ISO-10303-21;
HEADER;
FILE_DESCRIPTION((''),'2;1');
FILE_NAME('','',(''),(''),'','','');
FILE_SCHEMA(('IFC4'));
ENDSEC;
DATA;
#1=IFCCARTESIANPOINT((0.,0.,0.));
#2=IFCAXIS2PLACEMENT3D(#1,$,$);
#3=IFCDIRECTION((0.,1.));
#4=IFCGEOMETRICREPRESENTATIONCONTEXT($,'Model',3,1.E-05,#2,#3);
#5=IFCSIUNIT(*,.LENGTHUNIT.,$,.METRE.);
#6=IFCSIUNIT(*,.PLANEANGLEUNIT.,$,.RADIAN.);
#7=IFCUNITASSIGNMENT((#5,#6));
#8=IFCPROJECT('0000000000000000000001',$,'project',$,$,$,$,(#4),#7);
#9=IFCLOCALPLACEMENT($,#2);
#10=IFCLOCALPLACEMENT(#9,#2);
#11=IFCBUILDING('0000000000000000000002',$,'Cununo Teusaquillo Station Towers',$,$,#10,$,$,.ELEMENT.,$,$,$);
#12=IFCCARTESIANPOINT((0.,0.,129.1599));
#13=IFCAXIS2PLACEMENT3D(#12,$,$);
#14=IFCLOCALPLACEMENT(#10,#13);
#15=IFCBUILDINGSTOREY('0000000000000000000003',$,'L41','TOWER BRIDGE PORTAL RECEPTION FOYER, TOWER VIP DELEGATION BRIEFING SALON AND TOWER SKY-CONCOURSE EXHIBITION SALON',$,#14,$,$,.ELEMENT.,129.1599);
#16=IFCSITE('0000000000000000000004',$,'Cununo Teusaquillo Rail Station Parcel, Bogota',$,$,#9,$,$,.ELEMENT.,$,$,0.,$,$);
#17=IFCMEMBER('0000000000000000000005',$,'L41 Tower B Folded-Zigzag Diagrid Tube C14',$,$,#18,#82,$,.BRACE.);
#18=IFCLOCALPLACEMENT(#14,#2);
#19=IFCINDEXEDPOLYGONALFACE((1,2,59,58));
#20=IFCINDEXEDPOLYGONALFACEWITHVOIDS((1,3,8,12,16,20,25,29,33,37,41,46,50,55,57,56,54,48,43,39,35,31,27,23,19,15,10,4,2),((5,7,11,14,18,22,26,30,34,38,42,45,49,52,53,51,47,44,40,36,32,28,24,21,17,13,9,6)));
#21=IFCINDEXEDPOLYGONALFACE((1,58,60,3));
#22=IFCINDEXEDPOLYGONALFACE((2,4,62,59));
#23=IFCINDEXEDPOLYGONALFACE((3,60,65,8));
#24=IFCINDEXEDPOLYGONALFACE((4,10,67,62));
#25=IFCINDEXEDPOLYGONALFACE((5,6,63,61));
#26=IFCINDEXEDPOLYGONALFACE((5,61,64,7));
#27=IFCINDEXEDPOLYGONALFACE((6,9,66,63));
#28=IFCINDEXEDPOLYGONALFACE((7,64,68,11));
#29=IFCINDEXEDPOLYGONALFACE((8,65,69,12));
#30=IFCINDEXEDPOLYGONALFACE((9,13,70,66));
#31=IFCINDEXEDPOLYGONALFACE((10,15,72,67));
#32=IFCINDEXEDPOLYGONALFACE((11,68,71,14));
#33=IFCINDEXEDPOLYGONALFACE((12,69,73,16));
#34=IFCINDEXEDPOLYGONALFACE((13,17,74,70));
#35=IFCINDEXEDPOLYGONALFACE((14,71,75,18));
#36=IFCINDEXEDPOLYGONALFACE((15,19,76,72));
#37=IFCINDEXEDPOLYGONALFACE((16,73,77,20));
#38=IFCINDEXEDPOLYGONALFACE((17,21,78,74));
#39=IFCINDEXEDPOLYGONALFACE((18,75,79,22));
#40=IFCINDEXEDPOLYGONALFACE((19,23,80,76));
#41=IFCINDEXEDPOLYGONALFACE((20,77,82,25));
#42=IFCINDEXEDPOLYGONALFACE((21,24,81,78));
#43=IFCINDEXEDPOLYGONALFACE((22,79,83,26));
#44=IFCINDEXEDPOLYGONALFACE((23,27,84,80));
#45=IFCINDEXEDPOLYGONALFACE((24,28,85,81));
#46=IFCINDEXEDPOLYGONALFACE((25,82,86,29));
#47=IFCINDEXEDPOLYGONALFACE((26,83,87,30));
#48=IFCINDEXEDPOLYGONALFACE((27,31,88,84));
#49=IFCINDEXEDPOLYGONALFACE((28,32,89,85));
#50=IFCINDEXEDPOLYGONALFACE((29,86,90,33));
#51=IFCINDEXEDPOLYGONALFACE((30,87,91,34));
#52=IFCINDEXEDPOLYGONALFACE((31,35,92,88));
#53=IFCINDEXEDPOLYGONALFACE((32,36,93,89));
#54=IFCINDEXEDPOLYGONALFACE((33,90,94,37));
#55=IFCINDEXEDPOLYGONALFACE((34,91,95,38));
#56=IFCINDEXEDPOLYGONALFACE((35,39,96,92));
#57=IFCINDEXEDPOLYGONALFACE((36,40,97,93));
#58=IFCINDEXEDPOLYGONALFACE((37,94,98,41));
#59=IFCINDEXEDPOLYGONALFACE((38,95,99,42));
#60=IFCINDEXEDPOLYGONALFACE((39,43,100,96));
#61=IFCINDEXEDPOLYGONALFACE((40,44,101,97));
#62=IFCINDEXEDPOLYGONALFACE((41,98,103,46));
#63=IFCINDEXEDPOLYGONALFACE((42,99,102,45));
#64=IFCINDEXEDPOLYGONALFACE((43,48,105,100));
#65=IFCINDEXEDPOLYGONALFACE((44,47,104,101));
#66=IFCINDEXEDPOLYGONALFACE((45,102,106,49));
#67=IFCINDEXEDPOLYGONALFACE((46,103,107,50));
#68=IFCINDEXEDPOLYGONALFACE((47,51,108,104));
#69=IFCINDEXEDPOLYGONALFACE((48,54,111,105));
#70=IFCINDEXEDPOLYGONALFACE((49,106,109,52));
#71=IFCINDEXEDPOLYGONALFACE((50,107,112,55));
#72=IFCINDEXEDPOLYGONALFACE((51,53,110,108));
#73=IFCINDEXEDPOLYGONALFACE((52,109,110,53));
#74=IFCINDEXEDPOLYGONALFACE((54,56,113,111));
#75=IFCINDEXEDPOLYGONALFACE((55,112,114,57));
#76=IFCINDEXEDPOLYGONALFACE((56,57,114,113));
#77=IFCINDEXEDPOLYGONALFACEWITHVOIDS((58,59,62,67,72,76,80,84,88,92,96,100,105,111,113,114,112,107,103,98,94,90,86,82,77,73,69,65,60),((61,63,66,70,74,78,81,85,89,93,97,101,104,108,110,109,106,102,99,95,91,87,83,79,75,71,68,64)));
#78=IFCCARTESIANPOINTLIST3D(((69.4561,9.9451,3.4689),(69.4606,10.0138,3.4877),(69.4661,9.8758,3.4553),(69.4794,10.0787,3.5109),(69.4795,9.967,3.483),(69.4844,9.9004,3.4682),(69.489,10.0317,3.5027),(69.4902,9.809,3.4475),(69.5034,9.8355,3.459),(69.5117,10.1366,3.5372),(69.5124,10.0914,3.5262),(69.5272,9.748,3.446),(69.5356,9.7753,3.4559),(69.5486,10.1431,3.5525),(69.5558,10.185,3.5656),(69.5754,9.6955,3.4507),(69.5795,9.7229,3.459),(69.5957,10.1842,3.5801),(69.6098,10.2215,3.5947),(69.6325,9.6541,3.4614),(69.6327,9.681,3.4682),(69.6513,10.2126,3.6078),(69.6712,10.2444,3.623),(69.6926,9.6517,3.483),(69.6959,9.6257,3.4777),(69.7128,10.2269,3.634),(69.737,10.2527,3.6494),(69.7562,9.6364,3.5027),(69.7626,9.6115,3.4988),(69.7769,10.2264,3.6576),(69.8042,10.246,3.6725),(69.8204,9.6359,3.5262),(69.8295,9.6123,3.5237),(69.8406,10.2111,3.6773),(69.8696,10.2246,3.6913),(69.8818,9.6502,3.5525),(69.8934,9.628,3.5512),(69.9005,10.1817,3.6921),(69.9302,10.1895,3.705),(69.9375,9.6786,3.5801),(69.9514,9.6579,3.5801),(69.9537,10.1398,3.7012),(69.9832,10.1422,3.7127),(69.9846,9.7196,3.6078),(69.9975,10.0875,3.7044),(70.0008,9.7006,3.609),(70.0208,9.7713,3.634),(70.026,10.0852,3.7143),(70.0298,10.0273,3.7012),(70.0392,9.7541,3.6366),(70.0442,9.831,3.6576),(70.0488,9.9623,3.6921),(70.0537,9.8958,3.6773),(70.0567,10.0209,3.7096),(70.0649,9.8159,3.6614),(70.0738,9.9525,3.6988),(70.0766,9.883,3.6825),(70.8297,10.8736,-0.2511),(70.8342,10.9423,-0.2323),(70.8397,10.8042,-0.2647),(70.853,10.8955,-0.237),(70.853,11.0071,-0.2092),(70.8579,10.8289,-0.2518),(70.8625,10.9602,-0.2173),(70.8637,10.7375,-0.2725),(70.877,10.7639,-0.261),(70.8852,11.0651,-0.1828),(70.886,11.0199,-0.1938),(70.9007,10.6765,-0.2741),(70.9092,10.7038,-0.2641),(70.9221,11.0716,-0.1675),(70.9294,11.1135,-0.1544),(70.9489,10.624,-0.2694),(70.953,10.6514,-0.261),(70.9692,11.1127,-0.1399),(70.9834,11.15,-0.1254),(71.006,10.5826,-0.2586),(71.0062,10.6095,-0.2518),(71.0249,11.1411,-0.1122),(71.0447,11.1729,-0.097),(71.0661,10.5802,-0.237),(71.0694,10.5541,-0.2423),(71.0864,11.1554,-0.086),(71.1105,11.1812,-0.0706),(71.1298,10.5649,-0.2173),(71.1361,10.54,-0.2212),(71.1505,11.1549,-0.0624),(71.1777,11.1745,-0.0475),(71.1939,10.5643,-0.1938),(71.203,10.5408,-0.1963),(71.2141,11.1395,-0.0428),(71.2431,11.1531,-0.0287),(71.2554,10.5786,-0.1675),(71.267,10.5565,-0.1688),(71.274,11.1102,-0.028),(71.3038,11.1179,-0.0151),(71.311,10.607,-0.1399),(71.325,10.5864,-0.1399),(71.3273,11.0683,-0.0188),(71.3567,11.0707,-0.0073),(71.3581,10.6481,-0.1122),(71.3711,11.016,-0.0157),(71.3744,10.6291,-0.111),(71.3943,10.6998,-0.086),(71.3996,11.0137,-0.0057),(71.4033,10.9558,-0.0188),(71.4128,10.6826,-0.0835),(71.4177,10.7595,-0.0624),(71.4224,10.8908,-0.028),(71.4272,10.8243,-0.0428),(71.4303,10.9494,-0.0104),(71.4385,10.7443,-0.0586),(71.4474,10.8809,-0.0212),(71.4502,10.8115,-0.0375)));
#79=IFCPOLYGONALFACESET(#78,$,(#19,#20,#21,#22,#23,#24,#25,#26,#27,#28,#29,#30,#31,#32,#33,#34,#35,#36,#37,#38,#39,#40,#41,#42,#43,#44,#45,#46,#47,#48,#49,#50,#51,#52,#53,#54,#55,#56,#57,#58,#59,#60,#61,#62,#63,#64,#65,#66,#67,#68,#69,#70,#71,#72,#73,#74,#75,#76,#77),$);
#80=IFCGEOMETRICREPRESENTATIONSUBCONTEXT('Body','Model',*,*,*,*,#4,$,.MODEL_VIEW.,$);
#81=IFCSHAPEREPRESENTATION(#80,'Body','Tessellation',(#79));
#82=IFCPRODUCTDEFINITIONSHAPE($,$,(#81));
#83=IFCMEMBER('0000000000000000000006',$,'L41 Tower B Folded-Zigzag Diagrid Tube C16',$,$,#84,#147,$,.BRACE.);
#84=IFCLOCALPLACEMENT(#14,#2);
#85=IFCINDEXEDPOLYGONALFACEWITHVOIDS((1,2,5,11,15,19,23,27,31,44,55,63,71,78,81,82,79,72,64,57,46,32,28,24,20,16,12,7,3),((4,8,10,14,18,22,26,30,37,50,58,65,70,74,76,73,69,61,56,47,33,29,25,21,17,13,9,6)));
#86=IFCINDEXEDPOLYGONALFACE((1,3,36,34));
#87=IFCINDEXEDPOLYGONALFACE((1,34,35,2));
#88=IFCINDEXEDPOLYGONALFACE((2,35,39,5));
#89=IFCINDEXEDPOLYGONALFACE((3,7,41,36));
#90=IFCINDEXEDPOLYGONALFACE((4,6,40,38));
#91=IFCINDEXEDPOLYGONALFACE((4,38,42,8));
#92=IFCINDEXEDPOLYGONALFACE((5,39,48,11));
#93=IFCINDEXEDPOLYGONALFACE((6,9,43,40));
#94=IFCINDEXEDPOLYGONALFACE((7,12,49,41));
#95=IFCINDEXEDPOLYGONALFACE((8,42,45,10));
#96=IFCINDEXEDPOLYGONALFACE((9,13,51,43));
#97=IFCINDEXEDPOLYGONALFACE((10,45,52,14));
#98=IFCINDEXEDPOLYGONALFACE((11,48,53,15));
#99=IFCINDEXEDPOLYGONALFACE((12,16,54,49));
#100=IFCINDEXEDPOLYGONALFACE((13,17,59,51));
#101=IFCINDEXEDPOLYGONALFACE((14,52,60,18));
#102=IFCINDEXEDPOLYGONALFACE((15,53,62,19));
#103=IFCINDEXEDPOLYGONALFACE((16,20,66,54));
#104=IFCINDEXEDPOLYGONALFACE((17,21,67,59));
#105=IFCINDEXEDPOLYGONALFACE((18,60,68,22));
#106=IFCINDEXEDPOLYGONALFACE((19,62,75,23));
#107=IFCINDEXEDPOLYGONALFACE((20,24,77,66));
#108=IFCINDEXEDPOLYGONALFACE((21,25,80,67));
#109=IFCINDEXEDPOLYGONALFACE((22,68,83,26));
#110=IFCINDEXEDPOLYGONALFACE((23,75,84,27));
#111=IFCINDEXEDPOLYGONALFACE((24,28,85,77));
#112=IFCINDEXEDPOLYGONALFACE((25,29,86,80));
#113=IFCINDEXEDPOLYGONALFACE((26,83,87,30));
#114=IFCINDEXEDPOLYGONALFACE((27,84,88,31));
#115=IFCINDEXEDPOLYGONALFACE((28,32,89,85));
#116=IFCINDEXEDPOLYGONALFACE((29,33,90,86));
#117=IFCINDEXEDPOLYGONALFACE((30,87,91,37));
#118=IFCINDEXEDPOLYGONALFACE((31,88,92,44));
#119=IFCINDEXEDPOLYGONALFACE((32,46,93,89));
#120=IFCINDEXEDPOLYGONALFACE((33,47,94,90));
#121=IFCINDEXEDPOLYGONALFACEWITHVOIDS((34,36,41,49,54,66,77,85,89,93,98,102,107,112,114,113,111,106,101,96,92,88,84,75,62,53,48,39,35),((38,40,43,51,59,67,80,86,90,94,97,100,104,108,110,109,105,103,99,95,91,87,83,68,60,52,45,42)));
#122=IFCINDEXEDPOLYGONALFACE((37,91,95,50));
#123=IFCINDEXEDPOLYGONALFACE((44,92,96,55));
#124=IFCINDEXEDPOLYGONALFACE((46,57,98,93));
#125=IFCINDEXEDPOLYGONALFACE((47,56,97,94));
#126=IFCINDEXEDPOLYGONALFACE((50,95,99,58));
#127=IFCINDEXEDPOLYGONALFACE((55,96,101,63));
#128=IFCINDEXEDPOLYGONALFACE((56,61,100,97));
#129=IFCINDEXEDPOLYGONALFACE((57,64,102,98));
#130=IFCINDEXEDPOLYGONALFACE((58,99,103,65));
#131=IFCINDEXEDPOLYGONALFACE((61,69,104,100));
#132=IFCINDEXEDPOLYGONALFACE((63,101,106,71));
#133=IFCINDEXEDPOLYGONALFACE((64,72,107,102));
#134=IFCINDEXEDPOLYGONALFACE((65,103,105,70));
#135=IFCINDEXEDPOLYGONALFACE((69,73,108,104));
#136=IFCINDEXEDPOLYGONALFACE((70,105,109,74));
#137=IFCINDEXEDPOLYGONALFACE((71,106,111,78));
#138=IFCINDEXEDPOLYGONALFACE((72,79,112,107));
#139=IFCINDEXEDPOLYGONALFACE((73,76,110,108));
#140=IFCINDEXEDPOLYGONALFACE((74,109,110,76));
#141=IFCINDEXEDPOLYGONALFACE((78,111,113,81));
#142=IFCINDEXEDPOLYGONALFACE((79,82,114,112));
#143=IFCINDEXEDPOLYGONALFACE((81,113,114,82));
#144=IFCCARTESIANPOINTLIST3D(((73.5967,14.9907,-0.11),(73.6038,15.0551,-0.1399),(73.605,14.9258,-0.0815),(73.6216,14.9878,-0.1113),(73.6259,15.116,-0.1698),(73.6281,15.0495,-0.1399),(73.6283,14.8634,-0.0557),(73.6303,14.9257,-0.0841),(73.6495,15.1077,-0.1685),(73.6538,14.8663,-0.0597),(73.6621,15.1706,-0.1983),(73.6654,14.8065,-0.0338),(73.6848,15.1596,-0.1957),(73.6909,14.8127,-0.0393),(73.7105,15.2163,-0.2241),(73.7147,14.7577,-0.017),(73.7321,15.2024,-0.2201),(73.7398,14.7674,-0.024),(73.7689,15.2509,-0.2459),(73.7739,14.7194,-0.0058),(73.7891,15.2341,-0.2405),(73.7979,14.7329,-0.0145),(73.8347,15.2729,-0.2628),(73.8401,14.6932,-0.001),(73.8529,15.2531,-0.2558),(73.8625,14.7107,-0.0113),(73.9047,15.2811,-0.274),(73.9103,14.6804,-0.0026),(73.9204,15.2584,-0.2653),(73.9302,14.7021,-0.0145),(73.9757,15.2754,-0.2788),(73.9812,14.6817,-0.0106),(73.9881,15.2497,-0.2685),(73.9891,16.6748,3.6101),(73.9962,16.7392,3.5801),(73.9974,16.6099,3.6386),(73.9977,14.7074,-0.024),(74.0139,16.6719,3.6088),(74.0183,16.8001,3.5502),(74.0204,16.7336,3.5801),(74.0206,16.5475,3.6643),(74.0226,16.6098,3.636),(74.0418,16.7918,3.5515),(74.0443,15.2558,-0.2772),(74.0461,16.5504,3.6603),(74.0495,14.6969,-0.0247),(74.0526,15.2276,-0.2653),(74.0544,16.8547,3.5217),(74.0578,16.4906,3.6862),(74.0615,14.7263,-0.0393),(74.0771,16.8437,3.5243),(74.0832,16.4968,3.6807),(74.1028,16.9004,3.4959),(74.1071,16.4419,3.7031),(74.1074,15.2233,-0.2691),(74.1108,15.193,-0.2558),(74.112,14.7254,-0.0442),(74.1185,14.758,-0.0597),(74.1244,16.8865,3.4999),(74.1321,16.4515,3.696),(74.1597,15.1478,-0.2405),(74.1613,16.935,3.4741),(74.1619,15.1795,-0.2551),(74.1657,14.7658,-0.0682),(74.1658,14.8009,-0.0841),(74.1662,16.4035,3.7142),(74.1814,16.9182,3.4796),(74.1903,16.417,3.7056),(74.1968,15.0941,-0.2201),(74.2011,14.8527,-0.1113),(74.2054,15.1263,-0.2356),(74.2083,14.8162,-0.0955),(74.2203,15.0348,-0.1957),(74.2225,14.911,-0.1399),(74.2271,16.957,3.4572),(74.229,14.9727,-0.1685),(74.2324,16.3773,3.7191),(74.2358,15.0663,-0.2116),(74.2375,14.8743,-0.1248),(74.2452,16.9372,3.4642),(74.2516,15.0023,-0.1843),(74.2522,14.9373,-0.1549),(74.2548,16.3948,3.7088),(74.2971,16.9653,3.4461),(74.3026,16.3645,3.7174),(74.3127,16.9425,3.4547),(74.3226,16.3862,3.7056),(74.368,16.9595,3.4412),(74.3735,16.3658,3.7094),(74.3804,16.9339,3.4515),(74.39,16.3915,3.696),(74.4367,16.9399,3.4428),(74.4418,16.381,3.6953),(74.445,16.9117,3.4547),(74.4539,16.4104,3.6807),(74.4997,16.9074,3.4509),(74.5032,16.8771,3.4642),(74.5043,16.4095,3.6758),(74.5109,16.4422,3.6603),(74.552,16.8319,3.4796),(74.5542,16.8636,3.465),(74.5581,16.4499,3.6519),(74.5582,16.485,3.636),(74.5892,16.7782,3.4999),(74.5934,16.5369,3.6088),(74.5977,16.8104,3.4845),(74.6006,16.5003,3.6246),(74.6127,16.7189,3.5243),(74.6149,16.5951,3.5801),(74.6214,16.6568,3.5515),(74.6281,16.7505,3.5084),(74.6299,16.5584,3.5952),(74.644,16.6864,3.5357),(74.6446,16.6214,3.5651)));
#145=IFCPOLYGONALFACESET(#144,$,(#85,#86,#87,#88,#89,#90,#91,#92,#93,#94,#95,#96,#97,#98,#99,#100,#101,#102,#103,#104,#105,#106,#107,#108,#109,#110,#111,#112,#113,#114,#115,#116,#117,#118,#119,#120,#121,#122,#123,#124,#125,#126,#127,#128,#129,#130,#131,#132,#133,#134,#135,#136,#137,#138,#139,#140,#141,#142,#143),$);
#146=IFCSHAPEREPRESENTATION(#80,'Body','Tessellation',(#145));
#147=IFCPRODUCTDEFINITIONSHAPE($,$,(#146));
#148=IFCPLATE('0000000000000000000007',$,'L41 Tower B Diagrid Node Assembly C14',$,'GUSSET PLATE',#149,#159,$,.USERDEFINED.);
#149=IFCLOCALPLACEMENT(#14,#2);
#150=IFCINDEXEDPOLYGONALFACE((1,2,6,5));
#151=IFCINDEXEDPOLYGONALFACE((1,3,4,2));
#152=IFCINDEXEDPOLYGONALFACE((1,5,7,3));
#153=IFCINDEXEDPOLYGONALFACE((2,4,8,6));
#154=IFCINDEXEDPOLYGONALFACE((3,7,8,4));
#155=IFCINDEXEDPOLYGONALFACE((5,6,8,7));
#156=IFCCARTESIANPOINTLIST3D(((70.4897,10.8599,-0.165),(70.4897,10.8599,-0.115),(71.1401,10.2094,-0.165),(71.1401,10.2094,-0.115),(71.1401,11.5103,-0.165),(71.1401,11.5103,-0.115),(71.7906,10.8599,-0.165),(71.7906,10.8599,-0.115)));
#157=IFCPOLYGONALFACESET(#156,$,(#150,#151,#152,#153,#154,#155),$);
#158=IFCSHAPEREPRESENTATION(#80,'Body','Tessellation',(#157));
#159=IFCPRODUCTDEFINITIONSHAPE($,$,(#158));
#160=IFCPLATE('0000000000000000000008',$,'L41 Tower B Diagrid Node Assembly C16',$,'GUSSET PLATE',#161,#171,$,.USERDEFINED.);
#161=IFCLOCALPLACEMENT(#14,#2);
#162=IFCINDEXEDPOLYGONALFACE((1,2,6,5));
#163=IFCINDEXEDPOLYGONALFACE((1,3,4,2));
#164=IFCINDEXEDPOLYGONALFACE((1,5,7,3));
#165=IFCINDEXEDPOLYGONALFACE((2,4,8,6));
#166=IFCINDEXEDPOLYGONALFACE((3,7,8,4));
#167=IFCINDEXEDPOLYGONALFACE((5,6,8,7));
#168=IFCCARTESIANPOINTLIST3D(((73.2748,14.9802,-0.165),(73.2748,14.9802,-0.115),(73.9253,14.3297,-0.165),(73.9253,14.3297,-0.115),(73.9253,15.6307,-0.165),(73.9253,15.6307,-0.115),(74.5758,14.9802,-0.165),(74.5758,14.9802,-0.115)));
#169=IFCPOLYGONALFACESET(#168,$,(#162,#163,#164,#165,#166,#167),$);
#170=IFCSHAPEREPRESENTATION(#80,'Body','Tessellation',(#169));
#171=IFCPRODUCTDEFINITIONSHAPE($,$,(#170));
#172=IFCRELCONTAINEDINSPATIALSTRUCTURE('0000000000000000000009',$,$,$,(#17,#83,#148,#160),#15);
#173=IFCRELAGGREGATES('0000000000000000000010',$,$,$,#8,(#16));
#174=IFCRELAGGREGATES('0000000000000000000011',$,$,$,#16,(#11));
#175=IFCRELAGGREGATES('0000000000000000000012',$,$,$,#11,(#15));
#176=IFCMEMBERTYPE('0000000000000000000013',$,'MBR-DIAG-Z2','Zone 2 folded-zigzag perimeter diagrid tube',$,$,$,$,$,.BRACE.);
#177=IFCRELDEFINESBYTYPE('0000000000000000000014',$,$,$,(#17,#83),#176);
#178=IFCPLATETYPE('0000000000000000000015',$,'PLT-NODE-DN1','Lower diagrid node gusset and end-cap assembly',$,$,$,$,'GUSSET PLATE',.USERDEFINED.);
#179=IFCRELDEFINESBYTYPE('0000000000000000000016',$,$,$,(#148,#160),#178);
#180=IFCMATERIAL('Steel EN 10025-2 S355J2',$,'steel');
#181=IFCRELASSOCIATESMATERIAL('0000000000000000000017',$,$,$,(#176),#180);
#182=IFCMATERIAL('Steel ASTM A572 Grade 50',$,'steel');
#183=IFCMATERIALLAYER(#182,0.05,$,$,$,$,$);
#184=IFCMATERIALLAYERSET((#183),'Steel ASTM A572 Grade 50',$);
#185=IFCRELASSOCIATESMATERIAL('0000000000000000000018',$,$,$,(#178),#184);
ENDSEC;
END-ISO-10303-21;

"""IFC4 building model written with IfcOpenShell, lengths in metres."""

from ifc_helpers import new_model, si_unit, direction, frame, origin, origin_2d, place, context, subcontext, project, spatial, rectangle, hollow_circle, extrude, source, transform, mapped, material, layer, layer_set, material_profile, profile_set, type_object, element, save


model = new_model("IFC4")

# Units and contexts
model_context = context("Model", 3, precision=1e-05, world=origin(), true_north=direction((0.0, 1.0)))
body_context = subcontext(model_context, "Body", "Model", "MODEL_VIEW")
ifc_project = project(units=[si_unit("LENGTHUNIT", "METRE"), si_unit("PLANEANGLEUNIT", "RADIAN")], contexts=[model_context])

# Site, building, storey
site_placement = place(None, origin())
site = spatial("IfcSite", under=ifc_project, at=site_placement, Name="Cununo Teusaquillo Rail Station Parcel, Bogota", CompositionType="ELEMENT", RefElevation=0.0)
building_placement = place(site_placement, origin())
building = spatial("IfcBuilding", under=site, at=building_placement, Name="Cununo Teusaquillo Station Towers", CompositionType="ELEMENT")
storey_placement = place(building_placement, frame((0.0, 0.0, 129.1599)))
storey = spatial("IfcBuildingStorey", under=building, at=storey_placement, Name="L41", Description="TOWER BRIDGE PORTAL RECEPTION FOYER, TOWER VIP DELEGATION BRIEFING SALON AND TOWER SKY-CONCOURSE EXHIBITION SALON", CompositionType="ELEMENT", Elevation=129.1599)

# Members
ifc_material_1 = material(Name="Steel EN 10025-2 S355J2", Category="steel")
ifc_material_profile_1 = material_profile(ifc_material_1, hollow_circle(Radius=0.3301, WallThickness=0.0249, at=origin_2d()), Name="CHS 660x25")
ifc_profile_set_1 = profile_set([ifc_material_profile_1], Name="Steel EN 10025-2 S355J2")
member_type = type_object("IfcMemberType", Name="MBR-DIAG-Z2", Description="Zone 2 folded-zigzag perimeter diagrid tube", PredefinedType="BRACE", material=ifc_profile_set_1)
member_1_placement = place(storey_placement, frame((71.1401, 10.8599, -0.1399), z_axis=(-0.337255, -0.227974, 0.913393), x_axis=(0.560024, -0.828476, 0.0)))
element("IfcMember", 1, at=member_1_placement, inside=storey, type_object=member_type, Name="L41 Tower B Folded-Zigzag Diagrid Tube C14", PredefinedType="BRACE", context=body_context, shape_type="SweptSolid", body=[
    extrude(hollow_circle(Radius=0.3301, WallThickness=0.0249, at=origin_2d()), origin(), (0.0, 0.0, 1.0), 4.0728),
])
member_2_placement = place(storey_placement, frame((73.9253, 14.9802, -0.1399), z_axis=(0.095639, 0.410529, 0.906818), x_axis=(-0.97392, 0.22689, 0.0)))
element("IfcMember", 2, at=member_2_placement, inside=storey, type_object=member_type, Name="L41 Tower B Folded-Zigzag Diagrid Tube C16", PredefinedType="BRACE", context=body_context, shape_type="SweptSolid", body=[
    extrude(hollow_circle(Radius=0.3301, WallThickness=0.0249, at=origin_2d()), origin(), (0.0, 0.0, 1.0), 4.1023),
])

# Plates
ifc_material_2 = material(Name="Steel ASTM A572 Grade 50", Category="steel")
ifc_layer_1 = layer(ifc_material_2, 0.05)
ifc_layer_set_1 = layer_set([ifc_layer_1], Name="Steel ASTM A572 Grade 50")
plate_type = type_object("IfcPlateType", Name="PLT-NODE-DN1", Description="Lower diagrid node gusset and end-cap assembly", ElementType="GUSSET PLATE", PredefinedType="USERDEFINED", material=ifc_layer_set_1)
shared_shape_1 = source(origin(), body_context, "Body", "SweptSolid", [
    extrude(rectangle(XDim=0.9199, YDim=0.9199, at=origin_2d()), origin(), (0.0, 0.0, 1.0), 0.05),
])
for number, where, z_axis, x_axis, name in (
    (3, (71.1401, 10.8599, -0.165), (0.0, 0.0, 1.0), (0.707107, 0.707107, 0.0), "L41 Tower B Diagrid Node Assembly C14"),
    (4, (73.9253, 14.9802, -0.165), (0.0, 0.0, 1.0), (0.707107, 0.707107, 0.0), "L41 Tower B Diagrid Node Assembly C16"),
):
    element("IfcPlate", number, at=place(storey_placement, frame(where, z_axis=z_axis, x_axis=x_axis)), inside=storey, type_object=plate_type, Name=name, ObjectType="GUSSET PLATE", PredefinedType="USERDEFINED", context=body_context, shape_type="MappedRepresentation", body=[
        mapped(shared_shape_1, transform((0.0, 0.0, 0.0), x_axis=(1.0, 0.0, 0.0), y_axis=(0.0, 1.0, 0.0), z_axis=(0.0, 0.0, 1.0), scale=1.0)),
    ])

save(model, "model.ifc")
